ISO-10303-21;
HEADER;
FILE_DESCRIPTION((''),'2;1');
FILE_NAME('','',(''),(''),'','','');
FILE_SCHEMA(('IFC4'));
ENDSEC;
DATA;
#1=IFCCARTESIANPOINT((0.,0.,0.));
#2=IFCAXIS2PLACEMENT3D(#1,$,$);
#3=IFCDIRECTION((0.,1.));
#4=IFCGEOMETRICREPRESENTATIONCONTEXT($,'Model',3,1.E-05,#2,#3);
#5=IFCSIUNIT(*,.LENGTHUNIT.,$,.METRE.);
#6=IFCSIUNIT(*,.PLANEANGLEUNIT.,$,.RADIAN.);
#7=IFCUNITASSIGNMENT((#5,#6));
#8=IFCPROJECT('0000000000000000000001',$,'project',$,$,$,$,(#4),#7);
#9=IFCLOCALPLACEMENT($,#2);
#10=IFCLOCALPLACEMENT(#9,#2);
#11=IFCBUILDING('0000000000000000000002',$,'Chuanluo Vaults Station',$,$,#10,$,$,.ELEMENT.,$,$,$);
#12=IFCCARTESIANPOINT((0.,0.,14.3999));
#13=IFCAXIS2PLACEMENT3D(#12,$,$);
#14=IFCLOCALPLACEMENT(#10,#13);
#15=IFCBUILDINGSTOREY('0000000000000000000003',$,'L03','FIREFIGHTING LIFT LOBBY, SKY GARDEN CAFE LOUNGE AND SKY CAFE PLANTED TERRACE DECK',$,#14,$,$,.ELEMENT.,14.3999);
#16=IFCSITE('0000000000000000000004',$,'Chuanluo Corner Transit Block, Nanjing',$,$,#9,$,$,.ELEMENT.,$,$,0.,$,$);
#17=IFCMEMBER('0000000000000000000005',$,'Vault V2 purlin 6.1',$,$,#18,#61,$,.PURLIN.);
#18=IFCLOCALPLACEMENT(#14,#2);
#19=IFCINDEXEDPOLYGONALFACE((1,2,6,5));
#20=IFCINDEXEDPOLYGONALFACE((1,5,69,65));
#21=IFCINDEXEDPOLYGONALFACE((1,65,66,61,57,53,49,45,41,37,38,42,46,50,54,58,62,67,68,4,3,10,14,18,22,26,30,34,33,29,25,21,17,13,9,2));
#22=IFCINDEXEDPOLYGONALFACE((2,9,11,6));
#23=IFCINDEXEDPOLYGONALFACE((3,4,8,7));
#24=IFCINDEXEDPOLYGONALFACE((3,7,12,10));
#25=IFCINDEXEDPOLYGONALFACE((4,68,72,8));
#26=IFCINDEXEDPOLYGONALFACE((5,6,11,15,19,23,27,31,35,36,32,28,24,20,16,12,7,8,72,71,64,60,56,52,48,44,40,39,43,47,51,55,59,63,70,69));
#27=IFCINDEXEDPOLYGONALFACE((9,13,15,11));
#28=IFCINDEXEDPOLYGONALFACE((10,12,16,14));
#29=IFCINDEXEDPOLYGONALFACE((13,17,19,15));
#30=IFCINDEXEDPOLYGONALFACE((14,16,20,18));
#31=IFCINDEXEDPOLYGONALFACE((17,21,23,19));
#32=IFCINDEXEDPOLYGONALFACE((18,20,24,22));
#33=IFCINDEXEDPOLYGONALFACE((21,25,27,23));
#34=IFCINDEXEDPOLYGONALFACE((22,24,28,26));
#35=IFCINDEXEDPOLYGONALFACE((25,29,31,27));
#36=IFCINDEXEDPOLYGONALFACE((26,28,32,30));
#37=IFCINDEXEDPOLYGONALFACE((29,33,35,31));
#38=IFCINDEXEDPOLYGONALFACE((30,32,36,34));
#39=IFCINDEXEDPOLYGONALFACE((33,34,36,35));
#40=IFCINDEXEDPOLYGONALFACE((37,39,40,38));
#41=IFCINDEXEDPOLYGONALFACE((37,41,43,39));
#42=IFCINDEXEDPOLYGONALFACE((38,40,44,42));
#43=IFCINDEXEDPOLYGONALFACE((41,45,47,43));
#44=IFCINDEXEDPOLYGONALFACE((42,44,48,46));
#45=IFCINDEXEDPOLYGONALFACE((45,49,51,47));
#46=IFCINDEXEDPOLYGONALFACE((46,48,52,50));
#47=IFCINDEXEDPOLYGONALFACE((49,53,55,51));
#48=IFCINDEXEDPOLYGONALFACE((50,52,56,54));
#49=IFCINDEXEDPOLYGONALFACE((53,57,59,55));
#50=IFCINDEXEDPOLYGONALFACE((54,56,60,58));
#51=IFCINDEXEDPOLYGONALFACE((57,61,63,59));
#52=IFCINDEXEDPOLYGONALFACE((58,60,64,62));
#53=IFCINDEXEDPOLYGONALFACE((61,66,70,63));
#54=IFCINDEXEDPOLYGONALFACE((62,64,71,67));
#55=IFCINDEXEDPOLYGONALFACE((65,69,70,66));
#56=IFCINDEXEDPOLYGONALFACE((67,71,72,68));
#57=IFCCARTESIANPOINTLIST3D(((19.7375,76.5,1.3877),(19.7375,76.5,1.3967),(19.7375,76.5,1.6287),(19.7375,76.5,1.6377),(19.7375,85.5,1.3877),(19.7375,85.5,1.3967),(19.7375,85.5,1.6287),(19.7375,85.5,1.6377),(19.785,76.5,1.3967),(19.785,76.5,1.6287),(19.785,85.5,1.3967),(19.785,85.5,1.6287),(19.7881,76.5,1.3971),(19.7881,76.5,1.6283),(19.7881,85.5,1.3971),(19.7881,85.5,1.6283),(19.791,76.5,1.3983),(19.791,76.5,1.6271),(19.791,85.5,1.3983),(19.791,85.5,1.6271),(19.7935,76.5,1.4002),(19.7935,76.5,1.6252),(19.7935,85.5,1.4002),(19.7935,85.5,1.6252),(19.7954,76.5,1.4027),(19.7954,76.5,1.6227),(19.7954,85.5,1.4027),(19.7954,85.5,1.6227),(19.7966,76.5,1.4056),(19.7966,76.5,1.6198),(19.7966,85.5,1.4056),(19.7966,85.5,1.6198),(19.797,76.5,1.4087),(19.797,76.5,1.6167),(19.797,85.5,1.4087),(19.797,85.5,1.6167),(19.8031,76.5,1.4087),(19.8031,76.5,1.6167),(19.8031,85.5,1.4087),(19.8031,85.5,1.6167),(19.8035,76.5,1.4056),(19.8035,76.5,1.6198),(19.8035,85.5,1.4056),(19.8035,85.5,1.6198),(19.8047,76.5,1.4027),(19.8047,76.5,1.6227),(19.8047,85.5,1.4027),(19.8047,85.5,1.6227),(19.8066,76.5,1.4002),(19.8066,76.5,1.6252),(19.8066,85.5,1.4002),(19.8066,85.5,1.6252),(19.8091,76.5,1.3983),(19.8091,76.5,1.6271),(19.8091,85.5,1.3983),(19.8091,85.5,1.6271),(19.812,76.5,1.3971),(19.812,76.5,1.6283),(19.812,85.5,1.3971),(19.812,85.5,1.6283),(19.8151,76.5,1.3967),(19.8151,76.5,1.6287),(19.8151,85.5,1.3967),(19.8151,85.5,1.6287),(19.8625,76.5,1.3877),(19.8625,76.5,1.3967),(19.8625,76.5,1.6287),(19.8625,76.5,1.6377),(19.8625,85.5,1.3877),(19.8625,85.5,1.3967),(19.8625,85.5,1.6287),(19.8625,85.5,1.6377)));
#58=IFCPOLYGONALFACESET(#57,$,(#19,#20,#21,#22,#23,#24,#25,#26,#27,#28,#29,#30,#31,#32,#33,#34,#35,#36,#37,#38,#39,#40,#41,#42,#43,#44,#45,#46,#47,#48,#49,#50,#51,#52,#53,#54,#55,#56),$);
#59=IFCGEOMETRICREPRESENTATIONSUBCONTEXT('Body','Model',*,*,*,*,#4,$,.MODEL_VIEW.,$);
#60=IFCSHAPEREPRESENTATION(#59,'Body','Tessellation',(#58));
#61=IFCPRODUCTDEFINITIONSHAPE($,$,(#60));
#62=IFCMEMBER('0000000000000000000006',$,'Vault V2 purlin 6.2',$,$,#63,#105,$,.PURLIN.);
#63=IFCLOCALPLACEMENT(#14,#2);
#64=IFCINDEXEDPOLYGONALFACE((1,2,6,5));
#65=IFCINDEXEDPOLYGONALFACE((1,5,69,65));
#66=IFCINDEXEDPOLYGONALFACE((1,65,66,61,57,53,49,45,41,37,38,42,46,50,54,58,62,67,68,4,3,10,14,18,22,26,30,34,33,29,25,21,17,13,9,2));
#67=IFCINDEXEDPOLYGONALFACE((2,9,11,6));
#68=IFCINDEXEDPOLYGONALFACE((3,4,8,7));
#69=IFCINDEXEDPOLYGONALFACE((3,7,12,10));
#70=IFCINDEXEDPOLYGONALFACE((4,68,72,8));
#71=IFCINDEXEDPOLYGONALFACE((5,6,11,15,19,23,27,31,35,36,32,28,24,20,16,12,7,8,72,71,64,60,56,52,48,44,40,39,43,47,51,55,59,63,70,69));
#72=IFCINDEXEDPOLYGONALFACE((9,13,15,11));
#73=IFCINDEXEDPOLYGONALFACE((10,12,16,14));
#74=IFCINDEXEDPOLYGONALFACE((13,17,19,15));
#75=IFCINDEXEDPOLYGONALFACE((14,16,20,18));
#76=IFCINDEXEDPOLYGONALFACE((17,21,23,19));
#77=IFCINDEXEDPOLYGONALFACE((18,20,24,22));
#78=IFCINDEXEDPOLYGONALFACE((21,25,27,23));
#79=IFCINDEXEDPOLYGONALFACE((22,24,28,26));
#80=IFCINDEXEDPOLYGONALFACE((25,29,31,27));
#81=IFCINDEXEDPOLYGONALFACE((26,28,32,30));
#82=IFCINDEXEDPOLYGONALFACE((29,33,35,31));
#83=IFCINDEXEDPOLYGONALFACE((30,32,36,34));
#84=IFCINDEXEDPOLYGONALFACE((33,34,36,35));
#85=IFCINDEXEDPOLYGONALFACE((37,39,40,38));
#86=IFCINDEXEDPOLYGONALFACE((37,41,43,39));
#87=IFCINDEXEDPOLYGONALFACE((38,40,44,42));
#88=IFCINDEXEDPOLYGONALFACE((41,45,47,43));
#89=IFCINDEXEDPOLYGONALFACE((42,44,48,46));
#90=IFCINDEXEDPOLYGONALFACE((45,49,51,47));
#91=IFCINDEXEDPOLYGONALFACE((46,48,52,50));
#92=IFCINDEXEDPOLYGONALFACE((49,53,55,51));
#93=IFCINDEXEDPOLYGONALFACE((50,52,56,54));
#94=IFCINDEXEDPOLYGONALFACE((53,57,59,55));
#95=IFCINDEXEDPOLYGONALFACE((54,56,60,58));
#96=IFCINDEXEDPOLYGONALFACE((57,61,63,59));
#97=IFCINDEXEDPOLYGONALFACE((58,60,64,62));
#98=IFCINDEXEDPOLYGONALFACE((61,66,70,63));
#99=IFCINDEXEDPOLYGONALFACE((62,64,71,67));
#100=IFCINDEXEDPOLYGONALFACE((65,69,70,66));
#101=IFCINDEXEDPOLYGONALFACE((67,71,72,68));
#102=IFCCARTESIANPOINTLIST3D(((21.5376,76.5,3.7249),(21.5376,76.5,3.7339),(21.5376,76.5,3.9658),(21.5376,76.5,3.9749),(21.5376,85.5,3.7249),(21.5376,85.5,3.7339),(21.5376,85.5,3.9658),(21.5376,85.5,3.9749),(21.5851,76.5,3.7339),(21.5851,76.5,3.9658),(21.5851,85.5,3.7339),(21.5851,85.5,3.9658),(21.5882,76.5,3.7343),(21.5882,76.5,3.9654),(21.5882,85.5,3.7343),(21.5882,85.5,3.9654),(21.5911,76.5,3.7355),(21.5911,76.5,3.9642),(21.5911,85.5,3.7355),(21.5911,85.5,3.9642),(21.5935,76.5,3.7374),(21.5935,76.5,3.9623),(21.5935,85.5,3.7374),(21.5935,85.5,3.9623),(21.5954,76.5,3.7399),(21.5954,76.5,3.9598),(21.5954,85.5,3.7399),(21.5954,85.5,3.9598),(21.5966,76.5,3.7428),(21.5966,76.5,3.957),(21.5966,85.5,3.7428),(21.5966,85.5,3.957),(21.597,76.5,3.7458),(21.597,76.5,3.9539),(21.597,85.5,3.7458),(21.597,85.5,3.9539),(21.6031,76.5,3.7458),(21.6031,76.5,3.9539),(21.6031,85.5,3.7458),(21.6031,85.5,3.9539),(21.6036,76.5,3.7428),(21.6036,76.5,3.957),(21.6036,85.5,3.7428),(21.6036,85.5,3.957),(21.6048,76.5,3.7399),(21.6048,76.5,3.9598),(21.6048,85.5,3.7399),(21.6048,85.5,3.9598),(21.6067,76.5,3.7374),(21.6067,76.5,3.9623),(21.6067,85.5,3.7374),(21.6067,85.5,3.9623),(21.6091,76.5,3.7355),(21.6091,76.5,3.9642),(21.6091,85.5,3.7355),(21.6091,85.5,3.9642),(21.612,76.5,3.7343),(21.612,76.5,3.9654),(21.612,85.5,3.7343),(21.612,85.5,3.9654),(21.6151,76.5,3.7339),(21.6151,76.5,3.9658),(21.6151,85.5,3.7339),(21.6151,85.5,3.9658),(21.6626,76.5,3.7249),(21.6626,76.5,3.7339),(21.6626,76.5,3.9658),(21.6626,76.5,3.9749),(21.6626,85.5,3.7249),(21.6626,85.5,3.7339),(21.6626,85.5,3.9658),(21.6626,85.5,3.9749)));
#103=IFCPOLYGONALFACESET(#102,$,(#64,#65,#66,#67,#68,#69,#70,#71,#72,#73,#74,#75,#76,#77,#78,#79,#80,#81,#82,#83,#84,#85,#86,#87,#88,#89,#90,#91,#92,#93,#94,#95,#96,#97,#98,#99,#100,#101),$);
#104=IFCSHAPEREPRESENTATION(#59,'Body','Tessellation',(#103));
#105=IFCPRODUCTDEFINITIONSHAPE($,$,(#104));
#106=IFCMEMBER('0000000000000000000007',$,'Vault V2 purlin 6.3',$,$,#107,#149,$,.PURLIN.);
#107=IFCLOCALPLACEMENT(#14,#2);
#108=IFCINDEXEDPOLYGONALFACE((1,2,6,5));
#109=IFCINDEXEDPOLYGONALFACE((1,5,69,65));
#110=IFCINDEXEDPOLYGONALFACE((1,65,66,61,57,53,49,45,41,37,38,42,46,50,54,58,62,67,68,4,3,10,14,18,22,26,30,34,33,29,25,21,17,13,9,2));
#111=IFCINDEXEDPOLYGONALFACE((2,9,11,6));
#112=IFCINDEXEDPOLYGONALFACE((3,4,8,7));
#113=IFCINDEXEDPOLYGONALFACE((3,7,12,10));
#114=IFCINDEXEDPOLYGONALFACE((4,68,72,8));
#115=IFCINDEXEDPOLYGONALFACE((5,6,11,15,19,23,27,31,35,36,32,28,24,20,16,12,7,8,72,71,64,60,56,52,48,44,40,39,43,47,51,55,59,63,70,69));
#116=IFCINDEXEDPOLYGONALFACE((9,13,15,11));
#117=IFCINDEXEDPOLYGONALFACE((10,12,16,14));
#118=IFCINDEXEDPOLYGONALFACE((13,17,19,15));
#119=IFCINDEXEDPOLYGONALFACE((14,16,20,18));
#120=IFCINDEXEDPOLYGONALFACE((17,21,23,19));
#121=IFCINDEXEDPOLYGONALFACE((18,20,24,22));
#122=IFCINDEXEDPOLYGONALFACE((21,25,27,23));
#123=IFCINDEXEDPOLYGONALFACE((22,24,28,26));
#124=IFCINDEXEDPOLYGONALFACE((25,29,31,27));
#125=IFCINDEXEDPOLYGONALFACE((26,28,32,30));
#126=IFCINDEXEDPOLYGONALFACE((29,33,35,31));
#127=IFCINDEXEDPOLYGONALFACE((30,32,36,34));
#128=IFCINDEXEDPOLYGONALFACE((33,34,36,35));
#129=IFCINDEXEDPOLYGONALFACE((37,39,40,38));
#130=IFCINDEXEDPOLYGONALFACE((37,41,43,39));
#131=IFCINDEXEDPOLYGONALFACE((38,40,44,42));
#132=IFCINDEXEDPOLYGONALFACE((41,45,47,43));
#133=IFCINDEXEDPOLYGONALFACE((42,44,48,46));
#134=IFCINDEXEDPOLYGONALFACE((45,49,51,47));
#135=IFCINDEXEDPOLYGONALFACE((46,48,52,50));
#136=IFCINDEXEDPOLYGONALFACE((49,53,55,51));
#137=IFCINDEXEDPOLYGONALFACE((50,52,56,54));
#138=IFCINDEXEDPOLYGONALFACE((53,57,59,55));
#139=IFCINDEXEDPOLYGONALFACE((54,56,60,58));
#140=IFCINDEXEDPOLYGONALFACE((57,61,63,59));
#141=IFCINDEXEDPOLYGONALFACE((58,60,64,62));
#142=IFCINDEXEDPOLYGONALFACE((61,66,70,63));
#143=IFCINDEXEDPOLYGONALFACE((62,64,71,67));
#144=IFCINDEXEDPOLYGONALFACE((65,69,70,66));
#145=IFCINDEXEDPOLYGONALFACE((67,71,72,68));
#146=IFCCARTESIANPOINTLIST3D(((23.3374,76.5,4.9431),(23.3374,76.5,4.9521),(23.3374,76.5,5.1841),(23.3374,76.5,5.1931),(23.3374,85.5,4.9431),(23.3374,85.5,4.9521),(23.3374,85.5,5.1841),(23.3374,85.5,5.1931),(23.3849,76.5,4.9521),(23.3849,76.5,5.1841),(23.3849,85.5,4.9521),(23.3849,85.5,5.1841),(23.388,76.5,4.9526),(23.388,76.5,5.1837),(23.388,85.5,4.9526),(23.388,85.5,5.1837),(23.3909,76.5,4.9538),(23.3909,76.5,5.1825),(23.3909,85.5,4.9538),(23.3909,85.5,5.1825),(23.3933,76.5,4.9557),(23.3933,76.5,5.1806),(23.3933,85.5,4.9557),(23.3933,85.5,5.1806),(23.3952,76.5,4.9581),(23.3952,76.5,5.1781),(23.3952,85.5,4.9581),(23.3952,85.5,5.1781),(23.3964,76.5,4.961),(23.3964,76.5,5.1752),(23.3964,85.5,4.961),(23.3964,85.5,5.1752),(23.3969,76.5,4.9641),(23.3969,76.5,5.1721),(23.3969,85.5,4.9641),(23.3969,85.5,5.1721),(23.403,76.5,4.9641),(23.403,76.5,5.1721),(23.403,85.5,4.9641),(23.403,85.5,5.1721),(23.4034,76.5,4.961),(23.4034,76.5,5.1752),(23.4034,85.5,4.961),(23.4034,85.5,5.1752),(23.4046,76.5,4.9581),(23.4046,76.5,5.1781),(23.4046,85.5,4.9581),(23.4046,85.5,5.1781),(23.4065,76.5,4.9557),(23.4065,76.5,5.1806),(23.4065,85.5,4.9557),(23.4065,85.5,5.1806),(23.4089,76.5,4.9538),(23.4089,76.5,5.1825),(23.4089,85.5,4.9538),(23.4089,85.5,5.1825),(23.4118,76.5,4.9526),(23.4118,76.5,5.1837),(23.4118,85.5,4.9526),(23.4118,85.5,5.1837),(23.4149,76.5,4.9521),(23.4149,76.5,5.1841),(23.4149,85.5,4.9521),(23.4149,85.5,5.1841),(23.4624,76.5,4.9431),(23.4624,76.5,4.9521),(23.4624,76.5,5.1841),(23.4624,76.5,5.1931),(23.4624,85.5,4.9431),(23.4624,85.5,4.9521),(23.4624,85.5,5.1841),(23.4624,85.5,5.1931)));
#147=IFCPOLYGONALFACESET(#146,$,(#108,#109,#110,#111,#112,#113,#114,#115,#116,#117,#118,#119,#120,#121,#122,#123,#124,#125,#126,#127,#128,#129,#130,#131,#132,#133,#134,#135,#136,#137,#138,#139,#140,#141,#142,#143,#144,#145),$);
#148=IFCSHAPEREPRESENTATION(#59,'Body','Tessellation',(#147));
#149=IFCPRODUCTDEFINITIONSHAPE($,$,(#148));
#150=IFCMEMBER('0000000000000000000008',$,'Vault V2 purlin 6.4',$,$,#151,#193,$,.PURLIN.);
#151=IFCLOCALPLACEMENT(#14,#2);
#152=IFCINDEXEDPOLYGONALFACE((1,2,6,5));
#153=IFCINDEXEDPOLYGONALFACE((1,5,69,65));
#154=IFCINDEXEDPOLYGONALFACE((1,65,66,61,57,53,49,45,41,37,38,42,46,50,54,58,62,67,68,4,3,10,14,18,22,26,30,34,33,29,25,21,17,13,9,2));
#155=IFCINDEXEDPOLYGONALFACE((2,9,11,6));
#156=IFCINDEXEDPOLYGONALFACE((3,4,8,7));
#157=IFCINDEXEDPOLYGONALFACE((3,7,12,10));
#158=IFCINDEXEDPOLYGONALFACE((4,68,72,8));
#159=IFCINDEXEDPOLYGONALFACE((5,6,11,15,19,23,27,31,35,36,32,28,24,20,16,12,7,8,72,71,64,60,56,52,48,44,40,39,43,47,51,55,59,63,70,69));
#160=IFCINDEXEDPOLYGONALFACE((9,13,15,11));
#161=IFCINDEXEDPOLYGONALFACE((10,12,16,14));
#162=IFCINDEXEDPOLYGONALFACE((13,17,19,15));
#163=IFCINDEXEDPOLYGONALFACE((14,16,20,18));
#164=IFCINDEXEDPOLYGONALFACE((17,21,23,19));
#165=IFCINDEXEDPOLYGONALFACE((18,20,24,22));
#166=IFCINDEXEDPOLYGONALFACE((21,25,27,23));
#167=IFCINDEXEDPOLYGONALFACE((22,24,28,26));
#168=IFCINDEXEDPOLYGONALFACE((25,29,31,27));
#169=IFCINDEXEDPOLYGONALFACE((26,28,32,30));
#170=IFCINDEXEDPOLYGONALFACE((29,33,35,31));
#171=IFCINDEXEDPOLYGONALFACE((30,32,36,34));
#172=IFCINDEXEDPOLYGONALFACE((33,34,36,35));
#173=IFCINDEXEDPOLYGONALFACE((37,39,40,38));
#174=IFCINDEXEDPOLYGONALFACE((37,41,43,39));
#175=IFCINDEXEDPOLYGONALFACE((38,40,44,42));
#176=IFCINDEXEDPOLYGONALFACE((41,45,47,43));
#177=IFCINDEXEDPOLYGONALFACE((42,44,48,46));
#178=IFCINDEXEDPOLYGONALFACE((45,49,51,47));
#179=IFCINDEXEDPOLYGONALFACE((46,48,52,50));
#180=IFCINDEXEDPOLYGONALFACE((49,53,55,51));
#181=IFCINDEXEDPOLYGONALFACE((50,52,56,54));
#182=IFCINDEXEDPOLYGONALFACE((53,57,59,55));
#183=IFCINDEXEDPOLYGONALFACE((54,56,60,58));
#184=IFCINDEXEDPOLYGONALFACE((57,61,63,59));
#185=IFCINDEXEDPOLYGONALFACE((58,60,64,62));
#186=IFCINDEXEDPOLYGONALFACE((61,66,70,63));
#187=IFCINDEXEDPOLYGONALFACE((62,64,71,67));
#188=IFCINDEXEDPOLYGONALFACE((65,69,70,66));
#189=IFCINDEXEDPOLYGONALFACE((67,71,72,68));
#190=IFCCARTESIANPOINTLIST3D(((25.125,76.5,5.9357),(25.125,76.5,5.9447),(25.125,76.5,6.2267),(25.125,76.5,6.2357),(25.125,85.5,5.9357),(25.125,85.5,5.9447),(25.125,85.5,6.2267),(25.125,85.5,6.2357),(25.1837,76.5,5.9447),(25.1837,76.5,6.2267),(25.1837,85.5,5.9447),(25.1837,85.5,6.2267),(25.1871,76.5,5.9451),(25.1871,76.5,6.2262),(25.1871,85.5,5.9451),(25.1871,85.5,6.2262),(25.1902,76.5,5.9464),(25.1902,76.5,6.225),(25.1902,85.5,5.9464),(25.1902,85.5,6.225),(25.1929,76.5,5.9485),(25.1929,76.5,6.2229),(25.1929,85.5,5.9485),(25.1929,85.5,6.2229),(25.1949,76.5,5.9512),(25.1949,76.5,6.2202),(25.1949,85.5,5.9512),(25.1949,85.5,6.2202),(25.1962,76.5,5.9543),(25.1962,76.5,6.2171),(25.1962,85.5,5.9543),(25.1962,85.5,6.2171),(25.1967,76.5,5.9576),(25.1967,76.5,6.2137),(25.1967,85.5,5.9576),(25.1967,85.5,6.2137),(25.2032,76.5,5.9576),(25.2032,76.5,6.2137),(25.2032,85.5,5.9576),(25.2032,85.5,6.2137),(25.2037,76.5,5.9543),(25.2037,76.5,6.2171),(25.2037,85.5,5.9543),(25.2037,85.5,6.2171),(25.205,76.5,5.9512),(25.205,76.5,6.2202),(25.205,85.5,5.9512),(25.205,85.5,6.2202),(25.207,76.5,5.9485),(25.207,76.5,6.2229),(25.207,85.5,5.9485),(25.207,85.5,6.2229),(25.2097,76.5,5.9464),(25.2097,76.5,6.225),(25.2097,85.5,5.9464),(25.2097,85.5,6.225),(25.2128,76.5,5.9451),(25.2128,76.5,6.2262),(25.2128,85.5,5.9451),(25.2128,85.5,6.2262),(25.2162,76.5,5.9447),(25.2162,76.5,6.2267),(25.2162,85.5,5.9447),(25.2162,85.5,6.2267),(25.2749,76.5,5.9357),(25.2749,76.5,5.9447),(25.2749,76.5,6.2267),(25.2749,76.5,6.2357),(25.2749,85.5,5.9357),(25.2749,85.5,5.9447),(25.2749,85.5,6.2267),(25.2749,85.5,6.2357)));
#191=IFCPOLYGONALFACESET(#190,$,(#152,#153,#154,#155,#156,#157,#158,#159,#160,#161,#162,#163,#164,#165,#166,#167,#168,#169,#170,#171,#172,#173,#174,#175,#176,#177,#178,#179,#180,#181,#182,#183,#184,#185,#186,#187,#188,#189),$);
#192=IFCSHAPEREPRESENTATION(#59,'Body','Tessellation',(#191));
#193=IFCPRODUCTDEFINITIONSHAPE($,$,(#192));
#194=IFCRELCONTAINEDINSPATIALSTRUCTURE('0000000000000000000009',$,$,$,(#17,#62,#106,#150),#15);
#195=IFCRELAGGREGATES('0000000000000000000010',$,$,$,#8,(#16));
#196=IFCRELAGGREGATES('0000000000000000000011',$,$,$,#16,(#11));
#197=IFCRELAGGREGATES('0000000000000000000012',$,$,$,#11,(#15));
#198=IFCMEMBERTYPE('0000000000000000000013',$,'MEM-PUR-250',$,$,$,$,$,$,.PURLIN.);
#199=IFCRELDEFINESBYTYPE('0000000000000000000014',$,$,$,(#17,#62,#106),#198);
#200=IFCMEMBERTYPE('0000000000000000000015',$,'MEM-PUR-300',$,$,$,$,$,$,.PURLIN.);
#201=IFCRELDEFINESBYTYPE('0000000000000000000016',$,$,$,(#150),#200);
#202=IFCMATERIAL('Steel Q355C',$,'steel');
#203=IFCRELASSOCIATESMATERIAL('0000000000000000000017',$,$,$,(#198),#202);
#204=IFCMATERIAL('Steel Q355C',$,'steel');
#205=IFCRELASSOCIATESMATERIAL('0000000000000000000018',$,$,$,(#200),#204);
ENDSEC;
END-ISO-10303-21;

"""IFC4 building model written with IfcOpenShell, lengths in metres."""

from ifc_helpers import new_model, si_unit, direction, frame, origin, origin_2d, place, context, subcontext, project, spatial, i_section, extrude, material, material_profile, profile_set, type_object, element, save


model = new_model("IFC4")

# Units and contexts
model_context = context("Model", 3, precision=1e-05, world=origin(), true_north=direction((0.0, 1.0)))
body_context = subcontext(model_context, "Body", "Model", "MODEL_VIEW")
ifc_project = project(units=[si_unit("LENGTHUNIT", "METRE"), si_unit("PLANEANGLEUNIT", "RADIAN")], contexts=[model_context])

# Site, building, storey
site_placement = place(None, origin())
site = spatial("IfcSite", under=ifc_project, at=site_placement, Name="Chuanluo Corner Transit Block, Nanjing", CompositionType="ELEMENT", RefElevation=0.0)
building_placement = place(site_placement, origin())
building = spatial("IfcBuilding", under=site, at=building_placement, Name="Chuanluo Vaults Station", CompositionType="ELEMENT")
storey_placement = place(building_placement, frame((0.0, 0.0, 14.3999)))
storey = spatial("IfcBuildingStorey", under=building, at=storey_placement, Name="L03", Description="FIREFIGHTING LIFT LOBBY, SKY GARDEN CAFE LOUNGE AND SKY CAFE PLANTED TERRACE DECK", CompositionType="ELEMENT", Elevation=14.3999)

# Members
ifc_material_1 = material(Name="Steel Q355C", Category="steel")
ifc_material_profile_1 = material_profile(ifc_material_1, i_section(OverallWidth=0.125, OverallDepth=0.25, WebThickness=0.0061, FlangeThickness=0.009, FilletRadius=0.012, at=origin_2d()))
ifc_profile_set_1 = profile_set([ifc_material_profile_1], Name="Steel Q355C")
member_type_1 = type_object("IfcMemberType", Name="MEM-PUR-250", PredefinedType="PURLIN", material=ifc_profile_set_1)
for number, where, z_axis, x_axis, name in (
    (1, (19.8, 76.5, 1.5127), (0.0, 1.0, 0.0), (-1.0, 0.0, 0.0), "Vault V2 purlin 6.1"),
    (2, (21.6001, 76.5, 3.8499), (0.0, 1.0, 0.0), (-1.0, 0.0, 0.0), "Vault V2 purlin 6.2"),
    (3, (23.3999, 76.5, 5.0681), (0.0, 1.0, 0.0), (-1.0, 0.0, 0.0), "Vault V2 purlin 6.3"),
):
    element("IfcMember", number, at=place(storey_placement, frame(where, z_axis=z_axis, x_axis=x_axis)), inside=storey, type_object=member_type_1, Name=name, PredefinedType="PURLIN", context=body_context, shape_type="SweptSolid", body=[
        extrude(i_section(OverallWidth=0.125, OverallDepth=0.25, WebThickness=0.0061, FlangeThickness=0.009, FilletRadius=0.012, at=origin_2d()), origin(), (0.0, 0.0, 1.0), 9.0),
    ])
ifc_material_2 = material(Name="Steel Q355C", Category="steel")
ifc_material_profile_2 = material_profile(ifc_material_2, i_section(OverallWidth=0.1499, OverallDepth=0.3, WebThickness=0.0066, FlangeThickness=0.009, FilletRadius=0.0129, at=origin_2d()))
ifc_profile_set_2 = profile_set([ifc_material_profile_2], Name="Steel Q355C")
member_type_2 = type_object("IfcMemberType", Name="MEM-PUR-300", PredefinedType="PURLIN", material=ifc_profile_set_2)
for number, where, z_axis, x_axis, name in (
    (4, (25.2, 76.5, 6.0857), (0.0, 1.0, 0.0), (-1.0, 0.0, 0.0), "Vault V2 purlin 6.4"),
):
    element("IfcMember", number, at=place(storey_placement, frame(where, z_axis=z_axis, x_axis=x_axis)), inside=storey, type_object=member_type_2, Name=name, PredefinedType="PURLIN", context=body_context, shape_type="SweptSolid", body=[
        extrude(i_section(OverallWidth=0.1499, OverallDepth=0.3, WebThickness=0.0066, FlangeThickness=0.009, FilletRadius=0.0129, at=origin_2d()), origin(), (0.0, 0.0, 1.0), 9.0),
    ])

save(model, "model.ifc")
